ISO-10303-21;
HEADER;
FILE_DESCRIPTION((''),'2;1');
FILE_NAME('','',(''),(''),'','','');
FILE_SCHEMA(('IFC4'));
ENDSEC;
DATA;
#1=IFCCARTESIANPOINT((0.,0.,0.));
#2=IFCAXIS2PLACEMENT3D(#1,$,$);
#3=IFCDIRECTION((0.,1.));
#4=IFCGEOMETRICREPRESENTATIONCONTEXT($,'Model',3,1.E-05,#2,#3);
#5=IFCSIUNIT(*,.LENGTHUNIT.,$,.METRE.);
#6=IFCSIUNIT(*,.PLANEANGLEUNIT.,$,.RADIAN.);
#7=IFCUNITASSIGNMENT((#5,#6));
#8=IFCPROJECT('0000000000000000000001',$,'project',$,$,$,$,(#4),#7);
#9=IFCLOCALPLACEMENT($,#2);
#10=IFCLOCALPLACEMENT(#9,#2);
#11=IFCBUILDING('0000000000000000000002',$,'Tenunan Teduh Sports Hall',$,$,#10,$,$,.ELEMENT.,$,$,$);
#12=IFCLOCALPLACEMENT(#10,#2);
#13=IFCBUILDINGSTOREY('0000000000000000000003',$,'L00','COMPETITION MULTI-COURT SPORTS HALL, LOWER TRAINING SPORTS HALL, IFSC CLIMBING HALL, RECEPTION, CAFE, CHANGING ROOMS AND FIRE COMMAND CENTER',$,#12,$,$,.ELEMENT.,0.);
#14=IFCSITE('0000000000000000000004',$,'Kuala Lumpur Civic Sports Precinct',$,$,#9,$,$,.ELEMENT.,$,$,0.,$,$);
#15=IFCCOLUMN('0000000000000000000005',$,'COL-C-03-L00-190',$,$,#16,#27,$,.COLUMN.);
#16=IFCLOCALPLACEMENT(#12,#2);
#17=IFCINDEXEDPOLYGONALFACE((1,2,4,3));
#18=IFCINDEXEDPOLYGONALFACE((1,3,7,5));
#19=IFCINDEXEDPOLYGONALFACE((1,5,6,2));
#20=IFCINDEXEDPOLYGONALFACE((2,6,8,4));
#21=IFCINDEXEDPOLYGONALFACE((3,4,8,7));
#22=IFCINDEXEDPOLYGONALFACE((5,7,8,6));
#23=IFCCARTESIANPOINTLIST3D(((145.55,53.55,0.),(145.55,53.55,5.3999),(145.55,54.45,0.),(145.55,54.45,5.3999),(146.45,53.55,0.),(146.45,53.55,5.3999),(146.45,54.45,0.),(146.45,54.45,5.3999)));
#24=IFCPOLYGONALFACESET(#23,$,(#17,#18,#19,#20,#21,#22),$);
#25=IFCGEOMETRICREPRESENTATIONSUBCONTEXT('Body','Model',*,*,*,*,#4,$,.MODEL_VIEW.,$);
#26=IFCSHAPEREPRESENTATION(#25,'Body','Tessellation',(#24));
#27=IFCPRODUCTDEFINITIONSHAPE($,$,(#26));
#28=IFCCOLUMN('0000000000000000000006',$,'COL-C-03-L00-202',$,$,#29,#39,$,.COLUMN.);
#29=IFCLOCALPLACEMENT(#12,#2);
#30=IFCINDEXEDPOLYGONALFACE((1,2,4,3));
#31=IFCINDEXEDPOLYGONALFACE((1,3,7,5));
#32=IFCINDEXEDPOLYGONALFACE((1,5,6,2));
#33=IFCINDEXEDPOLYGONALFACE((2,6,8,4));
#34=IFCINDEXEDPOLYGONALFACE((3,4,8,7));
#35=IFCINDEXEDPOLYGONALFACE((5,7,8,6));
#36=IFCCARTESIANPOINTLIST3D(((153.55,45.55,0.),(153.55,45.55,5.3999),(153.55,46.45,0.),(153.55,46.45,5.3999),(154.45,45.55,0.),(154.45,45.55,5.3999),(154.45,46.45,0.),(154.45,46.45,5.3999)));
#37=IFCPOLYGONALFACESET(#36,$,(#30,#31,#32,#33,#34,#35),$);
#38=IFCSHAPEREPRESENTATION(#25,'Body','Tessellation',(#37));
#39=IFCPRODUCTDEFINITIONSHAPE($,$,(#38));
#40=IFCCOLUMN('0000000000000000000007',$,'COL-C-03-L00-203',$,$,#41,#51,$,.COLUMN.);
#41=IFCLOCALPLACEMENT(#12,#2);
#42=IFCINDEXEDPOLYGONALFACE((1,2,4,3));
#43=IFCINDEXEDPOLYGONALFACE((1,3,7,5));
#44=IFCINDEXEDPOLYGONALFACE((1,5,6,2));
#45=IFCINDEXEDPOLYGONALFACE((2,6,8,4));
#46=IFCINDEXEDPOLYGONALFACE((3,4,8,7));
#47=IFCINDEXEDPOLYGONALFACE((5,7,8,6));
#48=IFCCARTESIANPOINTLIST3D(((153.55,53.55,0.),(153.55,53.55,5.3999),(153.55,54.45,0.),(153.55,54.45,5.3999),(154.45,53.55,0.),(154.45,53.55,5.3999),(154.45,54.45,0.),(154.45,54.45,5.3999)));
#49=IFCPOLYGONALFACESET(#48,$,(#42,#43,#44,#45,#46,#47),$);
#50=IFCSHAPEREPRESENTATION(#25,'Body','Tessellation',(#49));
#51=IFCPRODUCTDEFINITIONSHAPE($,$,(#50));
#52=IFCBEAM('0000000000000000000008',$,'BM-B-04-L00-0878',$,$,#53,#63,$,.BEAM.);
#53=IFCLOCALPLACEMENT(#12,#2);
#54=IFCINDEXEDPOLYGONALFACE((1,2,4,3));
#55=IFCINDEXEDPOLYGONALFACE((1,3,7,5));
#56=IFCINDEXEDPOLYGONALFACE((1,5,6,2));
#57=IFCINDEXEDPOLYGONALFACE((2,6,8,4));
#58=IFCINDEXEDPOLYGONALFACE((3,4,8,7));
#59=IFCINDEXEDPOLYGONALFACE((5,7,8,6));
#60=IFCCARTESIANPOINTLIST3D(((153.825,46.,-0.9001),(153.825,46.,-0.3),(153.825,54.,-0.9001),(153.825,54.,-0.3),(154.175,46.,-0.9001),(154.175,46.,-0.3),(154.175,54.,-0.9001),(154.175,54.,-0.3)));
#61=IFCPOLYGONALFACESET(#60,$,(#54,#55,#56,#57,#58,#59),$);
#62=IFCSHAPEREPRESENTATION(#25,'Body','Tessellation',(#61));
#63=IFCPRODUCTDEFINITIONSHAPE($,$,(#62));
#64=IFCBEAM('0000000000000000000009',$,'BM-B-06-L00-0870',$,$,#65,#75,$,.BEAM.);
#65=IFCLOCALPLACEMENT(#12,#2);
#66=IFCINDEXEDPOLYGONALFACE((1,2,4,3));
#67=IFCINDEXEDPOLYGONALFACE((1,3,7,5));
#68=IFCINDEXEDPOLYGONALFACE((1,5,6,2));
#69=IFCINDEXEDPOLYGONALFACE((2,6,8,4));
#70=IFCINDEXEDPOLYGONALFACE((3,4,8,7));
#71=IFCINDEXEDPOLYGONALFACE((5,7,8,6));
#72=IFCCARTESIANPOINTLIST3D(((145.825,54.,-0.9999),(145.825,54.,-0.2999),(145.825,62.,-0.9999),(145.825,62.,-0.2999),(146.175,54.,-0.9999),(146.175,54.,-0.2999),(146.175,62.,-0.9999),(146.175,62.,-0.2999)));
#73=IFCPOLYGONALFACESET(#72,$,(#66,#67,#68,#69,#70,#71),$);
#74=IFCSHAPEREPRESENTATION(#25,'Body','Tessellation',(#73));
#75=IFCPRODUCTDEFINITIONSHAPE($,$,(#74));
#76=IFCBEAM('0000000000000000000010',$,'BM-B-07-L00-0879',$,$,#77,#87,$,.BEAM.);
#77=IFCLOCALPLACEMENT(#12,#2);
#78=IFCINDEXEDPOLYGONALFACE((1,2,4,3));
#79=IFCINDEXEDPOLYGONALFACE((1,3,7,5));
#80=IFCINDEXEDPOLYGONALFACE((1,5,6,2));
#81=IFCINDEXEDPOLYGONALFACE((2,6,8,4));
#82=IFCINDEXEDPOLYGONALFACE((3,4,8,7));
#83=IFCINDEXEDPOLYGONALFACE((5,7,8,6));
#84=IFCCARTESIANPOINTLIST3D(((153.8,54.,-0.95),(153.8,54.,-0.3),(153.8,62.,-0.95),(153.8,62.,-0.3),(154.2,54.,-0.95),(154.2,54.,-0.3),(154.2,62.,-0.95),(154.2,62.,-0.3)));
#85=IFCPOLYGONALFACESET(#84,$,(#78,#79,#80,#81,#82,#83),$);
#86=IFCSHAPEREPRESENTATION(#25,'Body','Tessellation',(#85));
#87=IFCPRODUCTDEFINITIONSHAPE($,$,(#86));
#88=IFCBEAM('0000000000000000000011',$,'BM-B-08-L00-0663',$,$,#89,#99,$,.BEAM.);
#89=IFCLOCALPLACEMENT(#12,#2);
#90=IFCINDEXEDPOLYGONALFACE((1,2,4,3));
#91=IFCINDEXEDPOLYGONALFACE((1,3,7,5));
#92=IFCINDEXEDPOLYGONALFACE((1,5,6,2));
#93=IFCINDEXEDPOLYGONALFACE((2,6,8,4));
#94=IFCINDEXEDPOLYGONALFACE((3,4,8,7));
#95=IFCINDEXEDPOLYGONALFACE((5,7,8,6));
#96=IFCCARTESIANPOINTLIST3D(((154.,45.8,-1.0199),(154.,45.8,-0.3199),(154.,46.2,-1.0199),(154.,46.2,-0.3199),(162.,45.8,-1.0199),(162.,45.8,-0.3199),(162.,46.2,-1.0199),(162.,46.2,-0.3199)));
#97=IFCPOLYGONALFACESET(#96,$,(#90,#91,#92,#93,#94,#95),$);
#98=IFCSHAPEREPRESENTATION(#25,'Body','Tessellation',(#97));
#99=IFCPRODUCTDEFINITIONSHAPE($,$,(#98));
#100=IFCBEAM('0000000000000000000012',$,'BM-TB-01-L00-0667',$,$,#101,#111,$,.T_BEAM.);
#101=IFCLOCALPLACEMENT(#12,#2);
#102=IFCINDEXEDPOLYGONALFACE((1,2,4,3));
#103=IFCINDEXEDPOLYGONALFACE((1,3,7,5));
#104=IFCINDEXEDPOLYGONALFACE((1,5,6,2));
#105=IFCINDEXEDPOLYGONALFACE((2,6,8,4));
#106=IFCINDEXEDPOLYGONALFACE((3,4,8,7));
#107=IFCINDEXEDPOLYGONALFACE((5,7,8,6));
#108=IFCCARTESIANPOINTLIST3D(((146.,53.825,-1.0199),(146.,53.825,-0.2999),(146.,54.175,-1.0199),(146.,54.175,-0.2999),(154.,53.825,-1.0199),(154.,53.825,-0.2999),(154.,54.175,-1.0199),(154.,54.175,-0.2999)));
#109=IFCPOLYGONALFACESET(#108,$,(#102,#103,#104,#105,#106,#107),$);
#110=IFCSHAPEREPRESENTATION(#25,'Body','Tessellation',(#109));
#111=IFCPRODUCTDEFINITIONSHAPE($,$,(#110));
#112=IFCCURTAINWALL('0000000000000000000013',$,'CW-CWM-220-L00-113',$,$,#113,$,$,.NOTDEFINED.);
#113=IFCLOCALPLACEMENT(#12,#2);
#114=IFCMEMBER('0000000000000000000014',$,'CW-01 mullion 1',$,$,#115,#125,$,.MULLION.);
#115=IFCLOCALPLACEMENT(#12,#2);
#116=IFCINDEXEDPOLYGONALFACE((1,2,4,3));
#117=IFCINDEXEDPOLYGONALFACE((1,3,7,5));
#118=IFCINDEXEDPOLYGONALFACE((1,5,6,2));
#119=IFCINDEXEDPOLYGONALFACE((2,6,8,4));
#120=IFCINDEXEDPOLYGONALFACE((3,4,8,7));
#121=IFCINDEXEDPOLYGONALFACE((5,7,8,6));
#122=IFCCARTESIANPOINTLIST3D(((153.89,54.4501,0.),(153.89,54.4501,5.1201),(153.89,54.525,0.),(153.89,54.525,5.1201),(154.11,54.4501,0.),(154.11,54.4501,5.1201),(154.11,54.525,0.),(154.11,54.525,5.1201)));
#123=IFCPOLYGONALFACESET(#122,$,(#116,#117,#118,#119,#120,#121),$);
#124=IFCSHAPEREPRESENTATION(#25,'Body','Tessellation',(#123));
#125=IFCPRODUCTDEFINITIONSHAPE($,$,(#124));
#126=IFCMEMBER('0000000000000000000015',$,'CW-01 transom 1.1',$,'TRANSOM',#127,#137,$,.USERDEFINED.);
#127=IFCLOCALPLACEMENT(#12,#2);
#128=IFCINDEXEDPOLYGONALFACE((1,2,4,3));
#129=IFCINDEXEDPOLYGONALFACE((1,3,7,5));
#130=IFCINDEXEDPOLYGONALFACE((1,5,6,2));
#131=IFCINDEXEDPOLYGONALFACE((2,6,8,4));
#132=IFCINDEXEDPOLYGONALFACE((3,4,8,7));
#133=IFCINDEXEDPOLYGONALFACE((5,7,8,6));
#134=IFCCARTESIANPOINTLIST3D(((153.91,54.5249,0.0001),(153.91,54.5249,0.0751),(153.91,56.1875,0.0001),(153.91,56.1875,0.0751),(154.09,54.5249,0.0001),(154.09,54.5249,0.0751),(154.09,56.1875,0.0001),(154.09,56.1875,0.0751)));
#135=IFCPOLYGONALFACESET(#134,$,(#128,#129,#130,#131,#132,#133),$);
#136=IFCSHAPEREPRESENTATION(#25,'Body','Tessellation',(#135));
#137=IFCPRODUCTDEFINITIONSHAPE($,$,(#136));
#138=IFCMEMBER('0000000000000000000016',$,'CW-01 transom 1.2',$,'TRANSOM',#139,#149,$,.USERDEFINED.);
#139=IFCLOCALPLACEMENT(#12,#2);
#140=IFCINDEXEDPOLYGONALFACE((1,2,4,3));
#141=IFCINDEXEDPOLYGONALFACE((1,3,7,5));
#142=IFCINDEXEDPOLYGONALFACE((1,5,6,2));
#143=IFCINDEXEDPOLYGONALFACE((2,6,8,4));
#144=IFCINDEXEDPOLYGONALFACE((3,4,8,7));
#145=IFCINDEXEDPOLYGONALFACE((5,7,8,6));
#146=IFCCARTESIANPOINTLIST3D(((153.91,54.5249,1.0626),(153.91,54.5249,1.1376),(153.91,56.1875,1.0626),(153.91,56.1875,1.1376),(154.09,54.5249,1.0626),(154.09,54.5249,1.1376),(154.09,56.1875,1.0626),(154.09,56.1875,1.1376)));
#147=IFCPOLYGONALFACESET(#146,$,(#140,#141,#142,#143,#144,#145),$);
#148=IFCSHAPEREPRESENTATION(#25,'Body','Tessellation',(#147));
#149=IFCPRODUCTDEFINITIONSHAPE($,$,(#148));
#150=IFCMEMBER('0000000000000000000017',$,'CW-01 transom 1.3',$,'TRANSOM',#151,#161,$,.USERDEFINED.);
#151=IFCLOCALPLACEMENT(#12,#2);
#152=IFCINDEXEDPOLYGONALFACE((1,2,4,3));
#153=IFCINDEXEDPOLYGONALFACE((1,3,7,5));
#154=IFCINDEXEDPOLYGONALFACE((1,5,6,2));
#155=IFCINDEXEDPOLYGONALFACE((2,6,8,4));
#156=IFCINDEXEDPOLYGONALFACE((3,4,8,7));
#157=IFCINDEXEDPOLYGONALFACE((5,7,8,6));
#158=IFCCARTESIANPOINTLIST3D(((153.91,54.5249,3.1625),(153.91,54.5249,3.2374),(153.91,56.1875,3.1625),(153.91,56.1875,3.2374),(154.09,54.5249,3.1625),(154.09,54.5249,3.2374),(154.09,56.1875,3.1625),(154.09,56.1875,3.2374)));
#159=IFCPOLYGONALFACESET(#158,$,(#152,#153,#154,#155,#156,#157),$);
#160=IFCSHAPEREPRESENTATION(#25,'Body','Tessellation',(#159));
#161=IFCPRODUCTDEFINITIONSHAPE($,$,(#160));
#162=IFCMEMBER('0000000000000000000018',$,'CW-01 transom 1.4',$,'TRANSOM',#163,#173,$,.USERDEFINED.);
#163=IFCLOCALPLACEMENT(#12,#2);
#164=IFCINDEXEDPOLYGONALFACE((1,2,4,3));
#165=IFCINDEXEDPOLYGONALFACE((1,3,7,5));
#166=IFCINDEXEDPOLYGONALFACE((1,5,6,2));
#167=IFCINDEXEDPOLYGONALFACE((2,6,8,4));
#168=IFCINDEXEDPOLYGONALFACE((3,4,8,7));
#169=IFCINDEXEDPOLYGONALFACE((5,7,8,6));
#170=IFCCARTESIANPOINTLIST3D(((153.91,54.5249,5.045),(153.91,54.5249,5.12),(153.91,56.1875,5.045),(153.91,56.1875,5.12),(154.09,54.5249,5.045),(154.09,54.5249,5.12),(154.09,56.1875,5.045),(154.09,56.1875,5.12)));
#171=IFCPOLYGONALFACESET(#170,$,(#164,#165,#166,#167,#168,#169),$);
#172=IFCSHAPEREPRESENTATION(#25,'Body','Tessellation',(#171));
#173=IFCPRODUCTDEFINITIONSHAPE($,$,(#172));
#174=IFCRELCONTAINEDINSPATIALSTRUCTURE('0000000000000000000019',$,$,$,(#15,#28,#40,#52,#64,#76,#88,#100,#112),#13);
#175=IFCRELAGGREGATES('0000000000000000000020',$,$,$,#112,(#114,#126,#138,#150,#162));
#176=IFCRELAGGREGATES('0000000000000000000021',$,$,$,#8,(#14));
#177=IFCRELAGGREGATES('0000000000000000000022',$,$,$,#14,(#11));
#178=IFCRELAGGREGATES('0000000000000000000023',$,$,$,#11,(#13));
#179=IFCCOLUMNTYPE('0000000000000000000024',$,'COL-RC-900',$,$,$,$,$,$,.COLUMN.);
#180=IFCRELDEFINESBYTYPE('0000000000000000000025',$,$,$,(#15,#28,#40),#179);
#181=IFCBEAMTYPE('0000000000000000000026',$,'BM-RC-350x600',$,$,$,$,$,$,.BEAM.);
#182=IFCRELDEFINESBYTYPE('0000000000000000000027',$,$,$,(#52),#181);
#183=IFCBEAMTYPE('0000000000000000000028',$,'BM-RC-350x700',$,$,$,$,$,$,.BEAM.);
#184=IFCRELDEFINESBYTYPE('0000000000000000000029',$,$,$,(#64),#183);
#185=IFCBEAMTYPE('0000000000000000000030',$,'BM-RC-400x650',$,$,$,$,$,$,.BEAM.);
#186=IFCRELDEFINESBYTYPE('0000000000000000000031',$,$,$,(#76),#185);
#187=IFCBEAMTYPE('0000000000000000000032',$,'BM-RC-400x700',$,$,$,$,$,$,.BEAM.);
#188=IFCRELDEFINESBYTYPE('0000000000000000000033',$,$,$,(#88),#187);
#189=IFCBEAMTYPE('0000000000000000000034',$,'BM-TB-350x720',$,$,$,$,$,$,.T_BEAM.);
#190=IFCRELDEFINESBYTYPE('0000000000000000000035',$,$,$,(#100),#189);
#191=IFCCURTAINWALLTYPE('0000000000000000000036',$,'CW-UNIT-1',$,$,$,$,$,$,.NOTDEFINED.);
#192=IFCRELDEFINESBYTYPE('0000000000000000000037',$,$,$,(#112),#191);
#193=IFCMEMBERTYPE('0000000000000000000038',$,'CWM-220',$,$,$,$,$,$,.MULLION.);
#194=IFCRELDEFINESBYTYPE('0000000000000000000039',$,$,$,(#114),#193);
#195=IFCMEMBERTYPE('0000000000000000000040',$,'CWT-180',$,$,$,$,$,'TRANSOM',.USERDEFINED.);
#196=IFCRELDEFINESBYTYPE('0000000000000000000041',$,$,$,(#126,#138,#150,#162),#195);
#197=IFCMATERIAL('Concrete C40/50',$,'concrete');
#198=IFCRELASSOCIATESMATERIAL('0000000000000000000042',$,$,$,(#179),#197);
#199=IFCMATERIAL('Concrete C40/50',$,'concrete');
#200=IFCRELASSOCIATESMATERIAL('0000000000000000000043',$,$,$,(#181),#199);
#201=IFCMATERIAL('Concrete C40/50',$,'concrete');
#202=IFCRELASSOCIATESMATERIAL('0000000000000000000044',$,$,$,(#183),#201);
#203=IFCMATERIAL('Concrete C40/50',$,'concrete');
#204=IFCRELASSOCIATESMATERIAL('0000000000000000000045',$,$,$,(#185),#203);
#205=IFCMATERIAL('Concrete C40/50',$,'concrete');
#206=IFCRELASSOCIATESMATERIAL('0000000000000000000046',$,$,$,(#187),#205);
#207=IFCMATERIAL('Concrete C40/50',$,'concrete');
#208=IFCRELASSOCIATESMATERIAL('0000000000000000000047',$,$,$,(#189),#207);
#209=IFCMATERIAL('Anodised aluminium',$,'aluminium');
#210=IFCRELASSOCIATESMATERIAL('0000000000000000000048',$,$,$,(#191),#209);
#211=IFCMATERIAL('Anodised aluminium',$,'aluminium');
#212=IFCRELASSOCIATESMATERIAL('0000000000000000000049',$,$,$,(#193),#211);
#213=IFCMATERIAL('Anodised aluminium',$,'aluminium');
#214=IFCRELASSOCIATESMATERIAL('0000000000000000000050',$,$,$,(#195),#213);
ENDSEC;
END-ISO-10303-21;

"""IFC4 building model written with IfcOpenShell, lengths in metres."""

from ifc_helpers import new_model, si_unit, direction, frame, origin, origin_2d, place, context, subcontext, project, spatial, rectangle, extrude, material, material_profile, profile_set, type_object, element, aggregate, save


model = new_model("IFC4")

# Units and contexts
model_context = context("Model", 3, precision=1e-05, world=origin(), true_north=direction((0.0, 1.0)))
body_context = subcontext(model_context, "Body", "Model", "MODEL_VIEW")
ifc_project = project(units=[si_unit("LENGTHUNIT", "METRE"), si_unit("PLANEANGLEUNIT", "RADIAN")], contexts=[model_context])

# Site, building, storey
site_placement = place(None, origin())
site = spatial("IfcSite", under=ifc_project, at=site_placement, Name="Kuala Lumpur Civic Sports Precinct", CompositionType="ELEMENT", RefElevation=0.0)
building_placement = place(site_placement, origin())
building = spatial("IfcBuilding", under=site, at=building_placement, Name="Tenunan Teduh Sports Hall", CompositionType="ELEMENT")
storey_placement = place(building_placement, origin())
storey = spatial("IfcBuildingStorey", under=building, at=storey_placement, Name="L00", Description="COMPETITION MULTI-COURT SPORTS HALL, LOWER TRAINING SPORTS HALL, IFSC CLIMBING HALL, RECEPTION, CAFE, CHANGING ROOMS AND FIRE COMMAND CENTER", CompositionType="ELEMENT", Elevation=0.0)

# Columns
ifc_material_1 = material(Name="Concrete C40/50", Category="concrete")
ifc_material_profile_1 = material_profile(ifc_material_1, rectangle(XDim=0.8999, YDim=0.8999, at=origin_2d()), Name="RC 900x900")
ifc_profile_set_1 = profile_set([ifc_material_profile_1], Name="Concrete C40/50")
column_type = type_object("IfcColumnType", Name="COL-RC-900", PredefinedType="COLUMN", material=ifc_profile_set_1)
for number, where, z_axis, x_axis, name in (
    (1, (146.0, 54.0, 0.0), (0.0, 0.0, 1.0), (1.0, 0.0, 0.0), "COL-C-03-L00-190"),
    (2, (154.0, 46.0, 0.0), (0.0, 0.0, 1.0), (1.0, 0.0, 0.0), "COL-C-03-L00-202"),
    (3, (154.0, 54.0, 0.0), (0.0, 0.0, 1.0), (1.0, 0.0, 0.0), "COL-C-03-L00-203"),
):
    element("IfcColumn", number, at=place(storey_placement, frame(where, z_axis=z_axis, x_axis=x_axis)), inside=storey, type_object=column_type, Name=name, PredefinedType="COLUMN", context=body_context, shape_type="SweptSolid", body=[
        extrude(rectangle(XDim=0.8999, YDim=0.8999, at=origin_2d()), origin(), (0.0, 0.0, 1.0), 5.3999),
    ])

# Beams
ifc_material_2 = material(Name="Concrete C40/50", Category="concrete")
ifc_material_profile_2 = material_profile(ifc_material_2, rectangle(XDim=0.3501, YDim=0.6001, at=origin_2d()), Name="RCB 350x600")
ifc_profile_set_2 = profile_set([ifc_material_profile_2], Name="Concrete C40/50")
beam_type_1 = type_object("IfcBeamType", Name="BM-RC-350x600", PredefinedType="BEAM", material=ifc_profile_set_2)
beam_1_placement = place(storey_placement, frame((154.0, 46.0, -0.6001), z_axis=(0.0, 1.0, 0.0), x_axis=(-1.0, 0.0, 0.0)))
element("IfcBeam", 4, at=beam_1_placement, inside=storey, type_object=beam_type_1, Name="BM-B-04-L00-0878", PredefinedType="BEAM", context=body_context, shape_type="SweptSolid", body=[
    extrude(rectangle(XDim=0.3501, YDim=0.6001, at=origin_2d()), origin(), (0.0, 0.0, 1.0), 8.0),
])
ifc_material_3 = material(Name="Concrete C40/50", Category="concrete")
ifc_material_profile_3 = material_profile(ifc_material_3, rectangle(XDim=0.3501, YDim=0.7, at=origin_2d()), Name="RCB 350x700")
ifc_profile_set_3 = profile_set([ifc_material_profile_3], Name="Concrete C40/50")
beam_type_2 = type_object("IfcBeamType", Name="BM-RC-350x700", PredefinedType="BEAM", material=ifc_profile_set_3)
beam_2_placement = place(storey_placement, frame((146.0, 54.0, -0.6499), z_axis=(0.0, 1.0, 0.0), x_axis=(-1.0, 0.0, 0.0)))
element("IfcBeam", 5, at=beam_2_placement, inside=storey, type_object=beam_type_2, Name="BM-B-06-L00-0870", PredefinedType="BEAM", context=body_context, shape_type="SweptSolid", body=[
    extrude(rectangle(XDim=0.3501, YDim=0.7, at=origin_2d()), origin(), (0.0, 0.0, 1.0), 8.0),
])
ifc_material_4 = material(Name="Concrete C40/50", Category="concrete")
ifc_material_profile_4 = material_profile(ifc_material_4, rectangle(XDim=0.3999, YDim=0.6499, at=origin_2d()), Name="RCB 400x650")
ifc_profile_set_4 = profile_set([ifc_material_profile_4], Name="Concrete C40/50")
beam_type_3 = type_object("IfcBeamType", Name="BM-RC-400x650", PredefinedType="BEAM", material=ifc_profile_set_4)
beam_3_placement = place(storey_placement, frame((154.0, 54.0, -0.625), z_axis=(0.0, 1.0, 0.0), x_axis=(-1.0, 0.0, 0.0)))
element("IfcBeam", 6, at=beam_3_placement, inside=storey, type_object=beam_type_3, Name="BM-B-07-L00-0879", PredefinedType="BEAM", context=body_context, shape_type="SweptSolid", body=[
    extrude(rectangle(XDim=0.3999, YDim=0.6499, at=origin_2d()), origin(), (0.0, 0.0, 1.0), 8.0),
])
ifc_material_5 = material(Name="Concrete C40/50", Category="concrete")
ifc_material_profile_5 = material_profile(ifc_material_5, rectangle(XDim=0.3999, YDim=0.7, at=origin_2d()), Name="RCB 400x700")
ifc_profile_set_5 = profile_set([ifc_material_profile_5], Name="Concrete C40/50")
beam_type_4 = type_object("IfcBeamType", Name="BM-RC-400x700", PredefinedType="BEAM", material=ifc_profile_set_5)
beam_4_placement = place(storey_placement, frame((154.0, 46.0, -0.6699), z_axis=(1.0, 0.0, 0.0), x_axis=(0.0, 1.0, 0.0)))
element("IfcBeam", 7, at=beam_4_placement, inside=storey, type_object=beam_type_4, Name="BM-B-08-L00-0663", PredefinedType="BEAM", context=body_context, shape_type="SweptSolid", body=[
    extrude(rectangle(XDim=0.3999, YDim=0.7, at=origin_2d()), origin(), (0.0, 0.0, 1.0), 8.0),
])
ifc_material_6 = material(Name="Concrete C40/50", Category="concrete")
ifc_material_profile_6 = material_profile(ifc_material_6, rectangle(XDim=0.3501, YDim=0.72, at=origin_2d()), Name="TB 350x720")
ifc_profile_set_6 = profile_set([ifc_material_profile_6], Name="Concrete C40/50")
beam_type_5 = type_object("IfcBeamType", Name="BM-TB-350x720", PredefinedType="T_BEAM", material=ifc_profile_set_6)
beam_5_placement = place(storey_placement, frame((146.0, 54.0, -0.6599), z_axis=(1.0, 0.0, 0.0), x_axis=(0.0, 1.0, 0.0)))
element("IfcBeam", 8, at=beam_5_placement, inside=storey, type_object=beam_type_5, Name="BM-TB-01-L00-0667", PredefinedType="T_BEAM", context=body_context, shape_type="SweptSolid", body=[
    extrude(rectangle(XDim=0.3501, YDim=0.72, at=origin_2d()), origin(), (0.0, 0.0, 1.0), 8.0),
])

# Curtain wall, members
ifc_material_7 = material(Name="Anodised aluminium", Category="aluminium")
curtain_wall_type = type_object("IfcCurtainWallType", Name="CW-UNIT-1", PredefinedType="NOTDEFINED", material=ifc_material_7)
curtain_wall_placement = place(storey_placement, origin())
curtain_wall = element("IfcCurtainWall", 9, at=curtain_wall_placement, inside=storey, type_object=curtain_wall_type, Name="CW-CWM-220-L00-113", PredefinedType="NOTDEFINED")
ifc_material_8 = material(Name="Anodised aluminium", Category="aluminium")
ifc_material_profile_7 = material_profile(ifc_material_8, rectangle(XDim=0.075, YDim=0.22, at=origin_2d()), Name="CWM 75x220")
ifc_profile_set_7 = profile_set([ifc_material_profile_7], Name="Anodised aluminium")
member_type_1 = type_object("IfcMemberType", Name="CWM-220", PredefinedType="MULLION", material=ifc_profile_set_7)
member_1_placement = place(storey_placement, frame((154.0, 54.4875, 0.0), z_axis=(0.0, 0.0, 1.0), x_axis=(0.0, 1.0, 0.0)))
member_1 = element("IfcMember", 10, at=member_1_placement, type_object=member_type_1, Name="CW-01 mullion 1", PredefinedType="MULLION", context=body_context, shape_type="SweptSolid", body=[
    extrude(rectangle(XDim=0.075, YDim=0.22, at=origin_2d()), origin(), (0.0, 0.0, 1.0), 5.1201),
])
ifc_material_9 = material(Name="Anodised aluminium", Category="aluminium")
ifc_material_profile_8 = material_profile(ifc_material_9, rectangle(XDim=0.075, YDim=0.1799, at=origin_2d()), Name="CWT 75x180")
ifc_profile_set_8 = profile_set([ifc_material_profile_8], Name="Anodised aluminium")
member_type_2 = type_object("IfcMemberType", Name="CWT-180", ElementType="TRANSOM", PredefinedType="USERDEFINED", material=ifc_profile_set_8)
member_2_placement = place(storey_placement, frame((154.0, 54.5249, 0.0376), z_axis=(0.0, 1.0, 0.0), x_axis=(0.0, 0.0, 1.0)))
member_2 = element("IfcMember", 11, at=member_2_placement, type_object=member_type_2, Name="CW-01 transom 1.1", ObjectType="TRANSOM", PredefinedType="USERDEFINED", context=body_context, shape_type="SweptSolid", body=[
    extrude(rectangle(XDim=0.075, YDim=0.1799, at=origin_2d()), origin(), (0.0, 0.0, 1.0), 1.6626),
])
member_3_placement = place(storey_placement, frame((154.0, 54.5249, 1.1001), z_axis=(0.0, 1.0, 0.0), x_axis=(0.0, 0.0, 1.0)))
member_3 = element("IfcMember", 12, at=member_3_placement, type_object=member_type_2, Name="CW-01 transom 1.2", ObjectType="TRANSOM", PredefinedType="USERDEFINED", context=body_context, shape_type="SweptSolid", body=[
    extrude(rectangle(XDim=0.075, YDim=0.1799, at=origin_2d()), origin(), (0.0, 0.0, 1.0), 1.6626),
])
member_4_placement = place(storey_placement, frame((154.0, 54.5249, 3.2), z_axis=(0.0, 1.0, 0.0), x_axis=(0.0, 0.0, 1.0)))
member_4 = element("IfcMember", 13, at=member_4_placement, type_object=member_type_2, Name="CW-01 transom 1.3", ObjectType="TRANSOM", PredefinedType="USERDEFINED", context=body_context, shape_type="SweptSolid", body=[
    extrude(rectangle(XDim=0.075, YDim=0.1799, at=origin_2d()), origin(), (0.0, 0.0, 1.0), 1.6626),
])
member_5_placement = place(storey_placement, frame((154.0, 54.5249, 5.0825), z_axis=(0.0, 1.0, 0.0), x_axis=(0.0, 0.0, 1.0)))
member_5 = element("IfcMember", 14, at=member_5_placement, type_object=member_type_2, Name="CW-01 transom 1.4", ObjectType="TRANSOM", PredefinedType="USERDEFINED", context=body_context, shape_type="SweptSolid", body=[
    extrude(rectangle(XDim=0.075, YDim=0.1799, at=origin_2d()), origin(), (0.0, 0.0, 1.0), 1.6626),
])

aggregate(curtain_wall, [member_1, member_2, member_3, member_4, member_5])

save(model, "model.ifc")
